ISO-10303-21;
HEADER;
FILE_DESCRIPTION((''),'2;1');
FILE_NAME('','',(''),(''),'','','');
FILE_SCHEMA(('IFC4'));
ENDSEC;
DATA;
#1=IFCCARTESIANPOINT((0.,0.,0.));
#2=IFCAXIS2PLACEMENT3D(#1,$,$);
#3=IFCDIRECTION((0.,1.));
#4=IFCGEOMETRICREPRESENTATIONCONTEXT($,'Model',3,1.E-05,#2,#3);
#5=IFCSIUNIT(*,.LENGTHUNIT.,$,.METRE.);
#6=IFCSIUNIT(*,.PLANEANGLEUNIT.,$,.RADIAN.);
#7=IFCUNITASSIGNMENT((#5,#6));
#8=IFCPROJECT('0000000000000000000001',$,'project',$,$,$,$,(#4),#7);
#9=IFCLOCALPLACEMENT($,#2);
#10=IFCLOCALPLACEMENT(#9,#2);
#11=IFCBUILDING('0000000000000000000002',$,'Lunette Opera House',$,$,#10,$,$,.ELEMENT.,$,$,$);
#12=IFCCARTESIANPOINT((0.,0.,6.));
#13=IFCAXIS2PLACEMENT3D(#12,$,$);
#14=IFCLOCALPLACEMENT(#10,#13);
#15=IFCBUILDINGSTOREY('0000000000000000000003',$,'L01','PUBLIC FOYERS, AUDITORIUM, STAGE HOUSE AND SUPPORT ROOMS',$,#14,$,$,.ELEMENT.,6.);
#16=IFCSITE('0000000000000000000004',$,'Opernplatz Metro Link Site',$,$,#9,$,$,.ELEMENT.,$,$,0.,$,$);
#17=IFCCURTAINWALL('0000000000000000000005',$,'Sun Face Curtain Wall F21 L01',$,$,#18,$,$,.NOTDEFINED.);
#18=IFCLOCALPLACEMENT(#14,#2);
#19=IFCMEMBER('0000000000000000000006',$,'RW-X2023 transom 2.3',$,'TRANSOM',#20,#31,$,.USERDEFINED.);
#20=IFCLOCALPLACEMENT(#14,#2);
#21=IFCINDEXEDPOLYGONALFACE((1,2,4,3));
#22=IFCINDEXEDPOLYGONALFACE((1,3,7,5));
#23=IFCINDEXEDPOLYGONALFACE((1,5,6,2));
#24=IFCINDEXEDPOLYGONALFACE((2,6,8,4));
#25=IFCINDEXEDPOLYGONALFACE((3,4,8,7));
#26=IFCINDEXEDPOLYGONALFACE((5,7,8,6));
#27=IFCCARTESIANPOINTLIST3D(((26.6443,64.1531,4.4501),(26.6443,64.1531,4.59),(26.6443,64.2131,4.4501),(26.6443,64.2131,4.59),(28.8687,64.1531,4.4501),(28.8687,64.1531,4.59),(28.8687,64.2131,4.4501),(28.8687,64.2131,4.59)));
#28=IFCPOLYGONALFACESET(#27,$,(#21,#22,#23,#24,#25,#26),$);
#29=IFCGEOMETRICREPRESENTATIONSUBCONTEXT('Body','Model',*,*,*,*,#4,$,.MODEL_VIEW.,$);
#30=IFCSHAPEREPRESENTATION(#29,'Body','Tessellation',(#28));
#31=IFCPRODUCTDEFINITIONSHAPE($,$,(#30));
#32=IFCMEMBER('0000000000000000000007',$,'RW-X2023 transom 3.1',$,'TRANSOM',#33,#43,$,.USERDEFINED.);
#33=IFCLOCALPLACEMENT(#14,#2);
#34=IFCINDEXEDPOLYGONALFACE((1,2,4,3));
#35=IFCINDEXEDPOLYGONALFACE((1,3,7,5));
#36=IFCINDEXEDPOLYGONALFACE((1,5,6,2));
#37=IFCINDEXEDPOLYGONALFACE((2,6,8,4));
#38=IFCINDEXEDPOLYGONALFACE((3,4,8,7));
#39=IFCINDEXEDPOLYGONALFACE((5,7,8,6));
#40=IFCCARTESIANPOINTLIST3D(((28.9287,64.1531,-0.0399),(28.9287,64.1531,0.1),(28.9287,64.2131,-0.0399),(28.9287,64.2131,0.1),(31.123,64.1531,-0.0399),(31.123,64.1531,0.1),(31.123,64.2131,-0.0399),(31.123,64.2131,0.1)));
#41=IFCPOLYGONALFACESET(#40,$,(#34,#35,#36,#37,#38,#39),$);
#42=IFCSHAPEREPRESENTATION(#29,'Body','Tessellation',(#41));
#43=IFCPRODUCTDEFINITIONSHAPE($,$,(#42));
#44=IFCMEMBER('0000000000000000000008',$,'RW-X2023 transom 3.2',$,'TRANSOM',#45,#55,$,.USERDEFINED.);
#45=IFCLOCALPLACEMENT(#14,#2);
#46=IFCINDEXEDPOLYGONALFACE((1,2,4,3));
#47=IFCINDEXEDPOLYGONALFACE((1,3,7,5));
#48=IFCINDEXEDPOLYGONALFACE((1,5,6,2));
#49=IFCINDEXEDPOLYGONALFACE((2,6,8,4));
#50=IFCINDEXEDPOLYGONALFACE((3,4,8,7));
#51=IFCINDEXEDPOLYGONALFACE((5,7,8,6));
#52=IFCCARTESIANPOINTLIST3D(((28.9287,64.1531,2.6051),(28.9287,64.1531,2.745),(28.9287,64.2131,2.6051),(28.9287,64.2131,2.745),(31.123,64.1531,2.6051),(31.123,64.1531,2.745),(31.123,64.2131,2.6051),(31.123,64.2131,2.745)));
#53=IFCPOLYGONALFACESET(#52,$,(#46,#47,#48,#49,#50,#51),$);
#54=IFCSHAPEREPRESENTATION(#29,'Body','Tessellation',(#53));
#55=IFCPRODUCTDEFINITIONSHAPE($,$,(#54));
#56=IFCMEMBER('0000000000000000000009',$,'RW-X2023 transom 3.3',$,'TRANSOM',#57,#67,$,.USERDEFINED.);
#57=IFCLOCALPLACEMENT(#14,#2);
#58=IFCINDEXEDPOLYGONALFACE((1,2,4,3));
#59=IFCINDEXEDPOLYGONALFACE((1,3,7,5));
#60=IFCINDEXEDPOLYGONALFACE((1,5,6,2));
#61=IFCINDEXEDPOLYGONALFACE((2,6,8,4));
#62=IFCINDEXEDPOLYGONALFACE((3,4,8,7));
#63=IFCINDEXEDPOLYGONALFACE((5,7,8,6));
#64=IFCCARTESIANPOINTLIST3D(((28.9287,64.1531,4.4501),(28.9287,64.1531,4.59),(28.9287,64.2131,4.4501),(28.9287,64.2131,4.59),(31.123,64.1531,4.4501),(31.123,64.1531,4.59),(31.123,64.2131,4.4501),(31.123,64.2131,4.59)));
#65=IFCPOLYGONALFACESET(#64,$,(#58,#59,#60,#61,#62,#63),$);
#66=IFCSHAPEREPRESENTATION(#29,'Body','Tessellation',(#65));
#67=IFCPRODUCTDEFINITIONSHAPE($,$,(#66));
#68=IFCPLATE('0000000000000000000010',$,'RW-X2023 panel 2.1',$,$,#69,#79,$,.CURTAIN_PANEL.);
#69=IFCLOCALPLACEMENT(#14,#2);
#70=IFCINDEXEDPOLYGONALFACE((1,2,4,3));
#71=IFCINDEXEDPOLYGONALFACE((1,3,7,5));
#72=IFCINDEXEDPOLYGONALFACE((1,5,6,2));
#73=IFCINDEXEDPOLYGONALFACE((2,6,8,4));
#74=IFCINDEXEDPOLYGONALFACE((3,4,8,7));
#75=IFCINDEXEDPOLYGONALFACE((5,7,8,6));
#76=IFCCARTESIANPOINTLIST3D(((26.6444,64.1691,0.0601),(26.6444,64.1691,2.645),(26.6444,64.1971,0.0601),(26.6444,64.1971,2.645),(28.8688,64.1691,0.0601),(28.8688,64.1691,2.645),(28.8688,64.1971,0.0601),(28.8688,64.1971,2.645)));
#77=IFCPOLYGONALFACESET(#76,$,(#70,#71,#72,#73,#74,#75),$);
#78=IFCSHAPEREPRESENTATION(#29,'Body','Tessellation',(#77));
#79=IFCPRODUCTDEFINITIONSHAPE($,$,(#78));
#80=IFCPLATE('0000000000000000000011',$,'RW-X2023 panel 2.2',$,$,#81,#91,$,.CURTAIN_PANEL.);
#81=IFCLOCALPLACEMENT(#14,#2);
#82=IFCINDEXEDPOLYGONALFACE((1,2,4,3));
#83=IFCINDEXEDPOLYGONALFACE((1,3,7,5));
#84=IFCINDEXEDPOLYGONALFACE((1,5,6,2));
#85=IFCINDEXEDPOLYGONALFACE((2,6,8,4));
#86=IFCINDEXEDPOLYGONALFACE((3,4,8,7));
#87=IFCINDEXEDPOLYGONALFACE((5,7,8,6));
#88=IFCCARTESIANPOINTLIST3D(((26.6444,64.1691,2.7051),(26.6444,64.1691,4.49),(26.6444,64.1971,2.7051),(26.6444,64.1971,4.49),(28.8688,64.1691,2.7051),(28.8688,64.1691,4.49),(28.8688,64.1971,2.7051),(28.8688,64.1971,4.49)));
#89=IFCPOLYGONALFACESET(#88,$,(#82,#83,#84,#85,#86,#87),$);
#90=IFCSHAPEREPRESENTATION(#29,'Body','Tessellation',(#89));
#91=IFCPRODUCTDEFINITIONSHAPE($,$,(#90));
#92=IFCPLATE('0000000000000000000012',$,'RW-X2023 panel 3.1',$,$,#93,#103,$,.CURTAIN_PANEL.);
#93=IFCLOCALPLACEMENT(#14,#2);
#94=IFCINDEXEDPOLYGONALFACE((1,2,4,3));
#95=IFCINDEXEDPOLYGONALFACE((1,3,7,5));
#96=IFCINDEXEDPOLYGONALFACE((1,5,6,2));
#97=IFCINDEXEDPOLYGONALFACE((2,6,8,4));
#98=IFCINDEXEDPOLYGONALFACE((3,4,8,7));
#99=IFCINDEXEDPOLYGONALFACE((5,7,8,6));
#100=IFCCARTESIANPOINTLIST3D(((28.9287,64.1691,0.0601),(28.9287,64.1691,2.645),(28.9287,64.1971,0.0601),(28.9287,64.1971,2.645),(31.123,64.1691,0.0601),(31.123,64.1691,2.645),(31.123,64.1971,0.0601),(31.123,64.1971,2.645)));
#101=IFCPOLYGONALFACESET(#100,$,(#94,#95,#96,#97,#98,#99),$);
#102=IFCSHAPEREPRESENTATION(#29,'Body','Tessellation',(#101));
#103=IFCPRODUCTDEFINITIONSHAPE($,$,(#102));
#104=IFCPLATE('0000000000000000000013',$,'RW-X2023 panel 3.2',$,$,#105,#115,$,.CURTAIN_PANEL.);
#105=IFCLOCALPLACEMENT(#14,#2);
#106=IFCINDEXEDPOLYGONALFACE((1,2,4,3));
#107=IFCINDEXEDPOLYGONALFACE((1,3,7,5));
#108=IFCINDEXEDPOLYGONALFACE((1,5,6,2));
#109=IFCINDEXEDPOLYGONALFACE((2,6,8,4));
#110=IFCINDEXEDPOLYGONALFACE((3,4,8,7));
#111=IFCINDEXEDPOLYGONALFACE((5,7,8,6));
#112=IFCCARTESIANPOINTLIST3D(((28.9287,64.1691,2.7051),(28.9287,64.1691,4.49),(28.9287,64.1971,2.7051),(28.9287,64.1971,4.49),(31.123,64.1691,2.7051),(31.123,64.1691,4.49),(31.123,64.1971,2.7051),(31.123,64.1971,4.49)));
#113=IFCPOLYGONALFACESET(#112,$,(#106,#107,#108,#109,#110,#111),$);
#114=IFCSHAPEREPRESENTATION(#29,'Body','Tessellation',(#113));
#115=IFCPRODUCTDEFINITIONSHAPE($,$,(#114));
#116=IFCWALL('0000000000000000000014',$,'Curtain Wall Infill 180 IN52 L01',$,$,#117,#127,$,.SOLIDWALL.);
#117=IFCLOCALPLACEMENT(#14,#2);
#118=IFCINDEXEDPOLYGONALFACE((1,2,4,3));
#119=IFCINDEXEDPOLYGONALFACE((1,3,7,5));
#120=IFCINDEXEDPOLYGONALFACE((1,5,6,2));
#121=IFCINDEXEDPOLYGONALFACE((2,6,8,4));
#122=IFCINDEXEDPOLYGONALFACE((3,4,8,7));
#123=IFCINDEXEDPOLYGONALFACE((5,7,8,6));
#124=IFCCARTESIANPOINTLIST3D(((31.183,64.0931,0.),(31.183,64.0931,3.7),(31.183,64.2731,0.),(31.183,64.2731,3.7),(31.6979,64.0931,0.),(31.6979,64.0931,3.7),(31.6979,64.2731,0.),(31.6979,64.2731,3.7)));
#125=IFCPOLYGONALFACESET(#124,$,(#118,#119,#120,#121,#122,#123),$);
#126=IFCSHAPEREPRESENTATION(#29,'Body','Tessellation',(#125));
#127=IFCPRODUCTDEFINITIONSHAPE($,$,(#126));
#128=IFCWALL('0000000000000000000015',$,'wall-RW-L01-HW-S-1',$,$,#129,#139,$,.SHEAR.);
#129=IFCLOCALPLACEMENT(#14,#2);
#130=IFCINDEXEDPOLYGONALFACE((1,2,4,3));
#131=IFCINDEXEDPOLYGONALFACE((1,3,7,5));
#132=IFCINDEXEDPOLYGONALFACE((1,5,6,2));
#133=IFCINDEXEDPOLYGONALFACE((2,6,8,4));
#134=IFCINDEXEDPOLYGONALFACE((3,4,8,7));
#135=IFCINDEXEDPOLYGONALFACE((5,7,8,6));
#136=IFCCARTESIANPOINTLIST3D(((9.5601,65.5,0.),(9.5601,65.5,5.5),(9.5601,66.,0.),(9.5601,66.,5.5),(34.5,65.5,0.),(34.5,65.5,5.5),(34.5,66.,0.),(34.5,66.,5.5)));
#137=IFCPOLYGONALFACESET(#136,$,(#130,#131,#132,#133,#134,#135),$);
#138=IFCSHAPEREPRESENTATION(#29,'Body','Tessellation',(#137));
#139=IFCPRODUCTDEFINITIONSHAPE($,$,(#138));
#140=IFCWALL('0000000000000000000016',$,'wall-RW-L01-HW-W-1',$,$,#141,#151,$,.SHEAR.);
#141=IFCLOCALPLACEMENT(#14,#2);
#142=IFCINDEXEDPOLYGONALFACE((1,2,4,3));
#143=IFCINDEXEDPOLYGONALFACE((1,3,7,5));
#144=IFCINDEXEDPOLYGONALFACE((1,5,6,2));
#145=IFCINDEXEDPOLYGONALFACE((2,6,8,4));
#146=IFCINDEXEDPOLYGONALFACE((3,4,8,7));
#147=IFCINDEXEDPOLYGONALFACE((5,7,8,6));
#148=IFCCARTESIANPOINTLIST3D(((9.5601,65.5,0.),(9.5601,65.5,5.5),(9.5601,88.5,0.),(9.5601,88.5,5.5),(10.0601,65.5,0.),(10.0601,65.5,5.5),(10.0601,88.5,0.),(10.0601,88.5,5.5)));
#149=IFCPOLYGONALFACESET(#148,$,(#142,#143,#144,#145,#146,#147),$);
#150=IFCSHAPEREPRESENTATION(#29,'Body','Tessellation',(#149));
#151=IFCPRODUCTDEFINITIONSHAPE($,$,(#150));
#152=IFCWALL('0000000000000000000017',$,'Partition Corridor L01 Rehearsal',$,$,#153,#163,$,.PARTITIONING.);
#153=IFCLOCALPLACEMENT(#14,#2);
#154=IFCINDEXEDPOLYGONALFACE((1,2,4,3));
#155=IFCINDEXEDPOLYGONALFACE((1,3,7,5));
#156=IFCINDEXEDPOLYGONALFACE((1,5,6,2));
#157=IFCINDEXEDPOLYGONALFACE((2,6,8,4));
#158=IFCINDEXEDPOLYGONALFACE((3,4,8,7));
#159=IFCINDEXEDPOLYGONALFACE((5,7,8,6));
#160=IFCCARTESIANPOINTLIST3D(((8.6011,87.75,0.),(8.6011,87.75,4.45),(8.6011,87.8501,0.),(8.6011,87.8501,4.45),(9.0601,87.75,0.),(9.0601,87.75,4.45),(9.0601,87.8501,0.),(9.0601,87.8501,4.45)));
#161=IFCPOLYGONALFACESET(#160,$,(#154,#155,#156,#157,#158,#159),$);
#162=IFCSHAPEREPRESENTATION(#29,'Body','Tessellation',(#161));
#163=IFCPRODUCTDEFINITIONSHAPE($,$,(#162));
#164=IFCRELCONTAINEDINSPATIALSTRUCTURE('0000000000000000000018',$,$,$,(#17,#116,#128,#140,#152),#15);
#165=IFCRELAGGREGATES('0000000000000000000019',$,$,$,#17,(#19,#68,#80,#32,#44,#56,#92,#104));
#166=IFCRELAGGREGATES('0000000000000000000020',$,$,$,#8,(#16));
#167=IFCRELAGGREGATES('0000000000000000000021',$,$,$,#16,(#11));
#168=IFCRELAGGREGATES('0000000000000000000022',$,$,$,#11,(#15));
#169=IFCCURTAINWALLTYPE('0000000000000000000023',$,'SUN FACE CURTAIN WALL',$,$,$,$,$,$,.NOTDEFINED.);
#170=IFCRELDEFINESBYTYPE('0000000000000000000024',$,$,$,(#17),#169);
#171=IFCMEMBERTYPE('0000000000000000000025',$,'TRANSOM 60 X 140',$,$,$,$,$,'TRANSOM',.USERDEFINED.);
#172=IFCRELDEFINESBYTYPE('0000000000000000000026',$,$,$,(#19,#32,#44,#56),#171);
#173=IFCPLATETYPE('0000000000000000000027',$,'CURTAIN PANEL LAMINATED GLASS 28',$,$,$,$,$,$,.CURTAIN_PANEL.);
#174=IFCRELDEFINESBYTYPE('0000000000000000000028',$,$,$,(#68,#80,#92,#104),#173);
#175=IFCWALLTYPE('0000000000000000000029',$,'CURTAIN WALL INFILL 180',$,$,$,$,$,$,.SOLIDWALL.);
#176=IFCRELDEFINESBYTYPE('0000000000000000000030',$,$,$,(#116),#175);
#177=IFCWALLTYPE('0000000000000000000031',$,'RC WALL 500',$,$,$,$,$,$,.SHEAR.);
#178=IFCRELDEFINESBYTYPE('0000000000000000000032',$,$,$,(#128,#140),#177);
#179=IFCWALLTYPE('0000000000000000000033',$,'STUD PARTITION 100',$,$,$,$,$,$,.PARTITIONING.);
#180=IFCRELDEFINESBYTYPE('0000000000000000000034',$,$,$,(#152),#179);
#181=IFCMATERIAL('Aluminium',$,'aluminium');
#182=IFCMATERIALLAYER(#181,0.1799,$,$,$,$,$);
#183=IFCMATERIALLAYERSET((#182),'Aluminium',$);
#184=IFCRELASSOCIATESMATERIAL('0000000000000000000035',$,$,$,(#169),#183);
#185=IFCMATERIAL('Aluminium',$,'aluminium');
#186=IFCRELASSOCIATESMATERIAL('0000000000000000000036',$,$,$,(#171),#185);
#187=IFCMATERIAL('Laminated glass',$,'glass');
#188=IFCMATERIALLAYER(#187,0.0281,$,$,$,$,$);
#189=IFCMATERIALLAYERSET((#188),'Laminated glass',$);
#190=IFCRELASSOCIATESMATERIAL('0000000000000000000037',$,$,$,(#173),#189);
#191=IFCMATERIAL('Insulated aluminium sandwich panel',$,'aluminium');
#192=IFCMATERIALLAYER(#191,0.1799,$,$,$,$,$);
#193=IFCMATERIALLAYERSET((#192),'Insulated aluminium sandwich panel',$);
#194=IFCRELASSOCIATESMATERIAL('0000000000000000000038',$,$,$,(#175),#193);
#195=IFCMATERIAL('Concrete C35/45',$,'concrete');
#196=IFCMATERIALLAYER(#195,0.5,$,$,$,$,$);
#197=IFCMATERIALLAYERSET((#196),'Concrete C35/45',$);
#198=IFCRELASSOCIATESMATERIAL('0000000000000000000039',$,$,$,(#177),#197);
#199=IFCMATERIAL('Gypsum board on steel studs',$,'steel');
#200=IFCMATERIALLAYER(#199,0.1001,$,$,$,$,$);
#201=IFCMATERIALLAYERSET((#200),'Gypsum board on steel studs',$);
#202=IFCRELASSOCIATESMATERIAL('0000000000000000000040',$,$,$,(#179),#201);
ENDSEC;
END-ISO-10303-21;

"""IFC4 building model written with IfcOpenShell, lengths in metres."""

from ifc_helpers import new_model, si_unit, direction, frame, frame_2d, origin, origin_2d, place, context, subcontext, project, spatial, rectangle, extrude, material, layer, layer_set, material_profile, profile_set, type_object, element, aggregate, save


model = new_model("IFC4")

# Units and contexts
model_context = context("Model", 3, precision=1e-05, world=origin(), true_north=direction((0.0, 1.0)))
body_context = subcontext(model_context, "Body", "Model", "MODEL_VIEW")
ifc_project = project(units=[si_unit("LENGTHUNIT", "METRE"), si_unit("PLANEANGLEUNIT", "RADIAN")], contexts=[model_context])

# Site, building, storey
site_placement = place(None, origin())
site = spatial("IfcSite", under=ifc_project, at=site_placement, Name="Opernplatz Metro Link Site", CompositionType="ELEMENT", RefElevation=0.0)
building_placement = place(site_placement, origin())
building = spatial("IfcBuilding", under=site, at=building_placement, Name="Lunette Opera House", CompositionType="ELEMENT")
storey_placement = place(building_placement, frame((0.0, 0.0, 6.0)))
storey = spatial("IfcBuildingStorey", under=building, at=storey_placement, Name="L01", Description="PUBLIC FOYERS, AUDITORIUM, STAGE HOUSE AND SUPPORT ROOMS", CompositionType="ELEMENT", Elevation=6.0)

# Curtain wall
ifc_material_1 = material(Name="Aluminium", Category="aluminium")
ifc_layer_1 = layer(ifc_material_1, 0.1799)
ifc_layer_set_1 = layer_set([ifc_layer_1], Name="Aluminium")
curtain_wall_type = type_object("IfcCurtainWallType", Name="SUN FACE CURTAIN WALL", PredefinedType="NOTDEFINED", material=ifc_layer_set_1)
curtain_wall_placement = place(storey_placement, origin())
curtain_wall = element("IfcCurtainWall", 1, at=curtain_wall_placement, inside=storey, type_object=curtain_wall_type, Name="Sun Face Curtain Wall F21 L01", PredefinedType="NOTDEFINED")

# Members
ifc_material_2 = material(Name="Aluminium", Category="aluminium")
ifc_material_profile_1 = material_profile(ifc_material_2, rectangle(XDim=0.0601, YDim=0.1399, at=origin_2d()), Name="TRANSOM 60 X 140")
ifc_profile_set_1 = profile_set([ifc_material_profile_1], Name="Aluminium")
member_type_1 = type_object("IfcMemberType", Name="TRANSOM 60 X 140", ElementType="TRANSOM", PredefinedType="USERDEFINED", material=ifc_profile_set_1)
member_1_placement = place(storey_placement, frame((26.6443, 64.1831, 4.52), z_axis=(1.0, 0.0, 0.0), x_axis=(0.0, 1.0, 0.0)))
member_1 = element("IfcMember", 2, at=member_1_placement, type_object=member_type_1, Name="RW-X2023 transom 2.3", ObjectType="TRANSOM", PredefinedType="USERDEFINED", context=body_context, shape_type="SweptSolid", body=[
    extrude(rectangle(XDim=0.0601, YDim=0.1399, at=origin_2d()), origin(), (0.0, 0.0, 1.0), 2.2244),
])
member_2_placement = place(storey_placement, frame((28.9287, 64.1831, 0.03), z_axis=(1.0, 0.0, 0.0), x_axis=(0.0, 1.0, 0.0)))
member_2 = element("IfcMember", 3, at=member_2_placement, type_object=member_type_1, Name="RW-X2023 transom 3.1", ObjectType="TRANSOM", PredefinedType="USERDEFINED", context=body_context, shape_type="SweptSolid", body=[
    extrude(rectangle(XDim=0.0601, YDim=0.1399, at=origin_2d()), origin(), (0.0, 0.0, 1.0), 2.1943),
])
member_3_placement = place(storey_placement, frame((28.9287, 64.1831, 2.675), z_axis=(1.0, 0.0, 0.0), x_axis=(0.0, 1.0, 0.0)))
member_3 = element("IfcMember", 4, at=member_3_placement, type_object=member_type_1, Name="RW-X2023 transom 3.2", ObjectType="TRANSOM", PredefinedType="USERDEFINED", context=body_context, shape_type="SweptSolid", body=[
    extrude(rectangle(XDim=0.0601, YDim=0.1399, at=origin_2d()), origin(), (0.0, 0.0, 1.0), 2.1943),
])
member_4_placement = place(storey_placement, frame((28.9287, 64.1831, 4.52), z_axis=(1.0, 0.0, 0.0), x_axis=(0.0, 1.0, 0.0)))
member_4 = element("IfcMember", 5, at=member_4_placement, type_object=member_type_1, Name="RW-X2023 transom 3.3", ObjectType="TRANSOM", PredefinedType="USERDEFINED", context=body_context, shape_type="SweptSolid", body=[
    extrude(rectangle(XDim=0.0601, YDim=0.1399, at=origin_2d()), origin(), (0.0, 0.0, 1.0), 2.1943),
])

# Plates
ifc_material_3 = material(Name="Laminated glass", Category="glass")
ifc_layer_2 = layer(ifc_material_3, 0.0281)
ifc_layer_set_2 = layer_set([ifc_layer_2], Name="Laminated glass")
plate_type = type_object("IfcPlateType", Name="CURTAIN PANEL LAMINATED GLASS 28", PredefinedType="CURTAIN_PANEL", material=ifc_layer_set_2)
plate_1_placement = place(storey_placement, frame((27.7566, 64.1831, 0.0601), z_axis=(0.0, 0.0, 1.0), x_axis=(1.0, 0.0, 0.0)))
plate_1 = element("IfcPlate", 6, at=plate_1_placement, type_object=plate_type, Name="RW-X2023 panel 2.1", PredefinedType="CURTAIN_PANEL", context=body_context, shape_type="SweptSolid", body=[
    extrude(rectangle(XDim=2.2244, YDim=0.0281, at=origin_2d()), origin(), (0.0, 0.0, 1.0), 2.585),
])
plate_2_placement = place(storey_placement, frame((27.7566, 64.1831, 2.7051), z_axis=(0.0, 0.0, 1.0), x_axis=(1.0, 0.0, 0.0)))
plate_2 = element("IfcPlate", 7, at=plate_2_placement, type_object=plate_type, Name="RW-X2023 panel 2.2", PredefinedType="CURTAIN_PANEL", context=body_context, shape_type="SweptSolid", body=[
    extrude(rectangle(XDim=2.2244, YDim=0.0281, at=origin_2d()), origin(), (0.0, 0.0, 1.0), 1.7849),
])
plate_3_placement = place(storey_placement, frame((30.0259, 64.1831, 0.0601), z_axis=(0.0, 0.0, 1.0), x_axis=(1.0, 0.0, 0.0)))
plate_3 = element("IfcPlate", 8, at=plate_3_placement, type_object=plate_type, Name="RW-X2023 panel 3.1", PredefinedType="CURTAIN_PANEL", context=body_context, shape_type="SweptSolid", body=[
    extrude(rectangle(XDim=2.1943, YDim=0.0281, at=origin_2d()), origin(), (0.0, 0.0, 1.0), 2.585),
])
plate_4_placement = place(storey_placement, frame((30.0259, 64.1831, 2.7051), z_axis=(0.0, 0.0, 1.0), x_axis=(1.0, 0.0, 0.0)))
plate_4 = element("IfcPlate", 9, at=plate_4_placement, type_object=plate_type, Name="RW-X2023 panel 3.2", PredefinedType="CURTAIN_PANEL", context=body_context, shape_type="SweptSolid", body=[
    extrude(rectangle(XDim=2.1943, YDim=0.0281, at=origin_2d()), origin(), (0.0, 0.0, 1.0), 1.7849),
])
aggregate(curtain_wall, [member_1, plate_1, plate_2, member_2, member_3, member_4, plate_3, plate_4])

# Walls
ifc_material_4 = material(Name="Insulated aluminium sandwich panel", Category="aluminium")
ifc_layer_3 = layer(ifc_material_4, 0.1799)
ifc_layer_set_3 = layer_set([ifc_layer_3], Name="Insulated aluminium sandwich panel")
wall_type_1 = type_object("IfcWallType", Name="CURTAIN WALL INFILL 180", PredefinedType="SOLIDWALL", material=ifc_layer_set_3)
wall_1_placement = place(storey_placement, frame((31.1831, 64.1831, 0.0), z_axis=(0.0, 0.0, 1.0), x_axis=(1.0, 0.0, 0.0)))
element("IfcWall", 10, at=wall_1_placement, inside=storey, type_object=wall_type_1, Name="Curtain Wall Infill 180 IN52 L01", PredefinedType="SOLIDWALL", context=body_context, shape_type="SweptSolid", body=[
    extrude(rectangle(XDim=0.5149, YDim=0.1799, at=frame_2d((0.2573, 0.0))), origin(), (0.0, 0.0, 1.0), 3.7),
])
ifc_material_5 = material(Name="Concrete C35/45", Category="concrete")
ifc_layer_4 = layer(ifc_material_5, 0.5)
ifc_layer_set_4 = layer_set([ifc_layer_4], Name="Concrete C35/45")
wall_type_2 = type_object("IfcWallType", Name="RC WALL 500", PredefinedType="SHEAR", material=ifc_layer_set_4)
wall_2_placement = place(storey_placement, frame((9.5601, 65.75, 0.0), z_axis=(0.0, 0.0, 1.0), x_axis=(1.0, 0.0, 0.0)))
element("IfcWall", 11, at=wall_2_placement, inside=storey, type_object=wall_type_2, Name="wall-RW-L01-HW-S-1", PredefinedType="SHEAR", context=body_context, shape_type="SweptSolid", body=[
    extrude(rectangle(XDim=24.9399, YDim=0.5, at=frame_2d((12.47, 0.0))), origin(), (0.0, 0.0, 1.0), 5.5),
])
wall_3_placement = place(storey_placement, frame((9.8101, 65.5, 0.0), z_axis=(0.0, 0.0, 1.0), x_axis=(0.0, 1.0, 0.0)))
element("IfcWall", 12, at=wall_3_placement, inside=storey, type_object=wall_type_2, Name="wall-RW-L01-HW-W-1", PredefinedType="SHEAR", context=body_context, shape_type="SweptSolid", body=[
    extrude(rectangle(XDim=23.0, YDim=0.5, at=frame_2d((11.5, 0.0))), origin(), (0.0, 0.0, 1.0), 5.5),
])
ifc_material_6 = material(Name="Gypsum board on steel studs", Category="steel")
ifc_layer_5 = layer(ifc_material_6, 0.1001)
ifc_layer_set_5 = layer_set([ifc_layer_5], Name="Gypsum board on steel studs")
wall_type_3 = type_object("IfcWallType", Name="STUD PARTITION 100", PredefinedType="PARTITIONING", material=ifc_layer_set_5)
wall_4_placement = place(storey_placement, frame((8.6011, 87.8, 0.0), z_axis=(0.0, 0.0, 1.0), x_axis=(1.0, 0.0, 0.0)))
element("IfcWall", 13, at=wall_4_placement, inside=storey, type_object=wall_type_3, Name="Partition Corridor L01 Rehearsal", PredefinedType="PARTITIONING", context=body_context, shape_type="SweptSolid", body=[
    extrude(rectangle(XDim=0.459, YDim=0.1001, at=frame_2d((0.2295, 0.0))), origin(), (0.0, 0.0, 1.0), 4.45),
])

save(model, "model.ifc")
